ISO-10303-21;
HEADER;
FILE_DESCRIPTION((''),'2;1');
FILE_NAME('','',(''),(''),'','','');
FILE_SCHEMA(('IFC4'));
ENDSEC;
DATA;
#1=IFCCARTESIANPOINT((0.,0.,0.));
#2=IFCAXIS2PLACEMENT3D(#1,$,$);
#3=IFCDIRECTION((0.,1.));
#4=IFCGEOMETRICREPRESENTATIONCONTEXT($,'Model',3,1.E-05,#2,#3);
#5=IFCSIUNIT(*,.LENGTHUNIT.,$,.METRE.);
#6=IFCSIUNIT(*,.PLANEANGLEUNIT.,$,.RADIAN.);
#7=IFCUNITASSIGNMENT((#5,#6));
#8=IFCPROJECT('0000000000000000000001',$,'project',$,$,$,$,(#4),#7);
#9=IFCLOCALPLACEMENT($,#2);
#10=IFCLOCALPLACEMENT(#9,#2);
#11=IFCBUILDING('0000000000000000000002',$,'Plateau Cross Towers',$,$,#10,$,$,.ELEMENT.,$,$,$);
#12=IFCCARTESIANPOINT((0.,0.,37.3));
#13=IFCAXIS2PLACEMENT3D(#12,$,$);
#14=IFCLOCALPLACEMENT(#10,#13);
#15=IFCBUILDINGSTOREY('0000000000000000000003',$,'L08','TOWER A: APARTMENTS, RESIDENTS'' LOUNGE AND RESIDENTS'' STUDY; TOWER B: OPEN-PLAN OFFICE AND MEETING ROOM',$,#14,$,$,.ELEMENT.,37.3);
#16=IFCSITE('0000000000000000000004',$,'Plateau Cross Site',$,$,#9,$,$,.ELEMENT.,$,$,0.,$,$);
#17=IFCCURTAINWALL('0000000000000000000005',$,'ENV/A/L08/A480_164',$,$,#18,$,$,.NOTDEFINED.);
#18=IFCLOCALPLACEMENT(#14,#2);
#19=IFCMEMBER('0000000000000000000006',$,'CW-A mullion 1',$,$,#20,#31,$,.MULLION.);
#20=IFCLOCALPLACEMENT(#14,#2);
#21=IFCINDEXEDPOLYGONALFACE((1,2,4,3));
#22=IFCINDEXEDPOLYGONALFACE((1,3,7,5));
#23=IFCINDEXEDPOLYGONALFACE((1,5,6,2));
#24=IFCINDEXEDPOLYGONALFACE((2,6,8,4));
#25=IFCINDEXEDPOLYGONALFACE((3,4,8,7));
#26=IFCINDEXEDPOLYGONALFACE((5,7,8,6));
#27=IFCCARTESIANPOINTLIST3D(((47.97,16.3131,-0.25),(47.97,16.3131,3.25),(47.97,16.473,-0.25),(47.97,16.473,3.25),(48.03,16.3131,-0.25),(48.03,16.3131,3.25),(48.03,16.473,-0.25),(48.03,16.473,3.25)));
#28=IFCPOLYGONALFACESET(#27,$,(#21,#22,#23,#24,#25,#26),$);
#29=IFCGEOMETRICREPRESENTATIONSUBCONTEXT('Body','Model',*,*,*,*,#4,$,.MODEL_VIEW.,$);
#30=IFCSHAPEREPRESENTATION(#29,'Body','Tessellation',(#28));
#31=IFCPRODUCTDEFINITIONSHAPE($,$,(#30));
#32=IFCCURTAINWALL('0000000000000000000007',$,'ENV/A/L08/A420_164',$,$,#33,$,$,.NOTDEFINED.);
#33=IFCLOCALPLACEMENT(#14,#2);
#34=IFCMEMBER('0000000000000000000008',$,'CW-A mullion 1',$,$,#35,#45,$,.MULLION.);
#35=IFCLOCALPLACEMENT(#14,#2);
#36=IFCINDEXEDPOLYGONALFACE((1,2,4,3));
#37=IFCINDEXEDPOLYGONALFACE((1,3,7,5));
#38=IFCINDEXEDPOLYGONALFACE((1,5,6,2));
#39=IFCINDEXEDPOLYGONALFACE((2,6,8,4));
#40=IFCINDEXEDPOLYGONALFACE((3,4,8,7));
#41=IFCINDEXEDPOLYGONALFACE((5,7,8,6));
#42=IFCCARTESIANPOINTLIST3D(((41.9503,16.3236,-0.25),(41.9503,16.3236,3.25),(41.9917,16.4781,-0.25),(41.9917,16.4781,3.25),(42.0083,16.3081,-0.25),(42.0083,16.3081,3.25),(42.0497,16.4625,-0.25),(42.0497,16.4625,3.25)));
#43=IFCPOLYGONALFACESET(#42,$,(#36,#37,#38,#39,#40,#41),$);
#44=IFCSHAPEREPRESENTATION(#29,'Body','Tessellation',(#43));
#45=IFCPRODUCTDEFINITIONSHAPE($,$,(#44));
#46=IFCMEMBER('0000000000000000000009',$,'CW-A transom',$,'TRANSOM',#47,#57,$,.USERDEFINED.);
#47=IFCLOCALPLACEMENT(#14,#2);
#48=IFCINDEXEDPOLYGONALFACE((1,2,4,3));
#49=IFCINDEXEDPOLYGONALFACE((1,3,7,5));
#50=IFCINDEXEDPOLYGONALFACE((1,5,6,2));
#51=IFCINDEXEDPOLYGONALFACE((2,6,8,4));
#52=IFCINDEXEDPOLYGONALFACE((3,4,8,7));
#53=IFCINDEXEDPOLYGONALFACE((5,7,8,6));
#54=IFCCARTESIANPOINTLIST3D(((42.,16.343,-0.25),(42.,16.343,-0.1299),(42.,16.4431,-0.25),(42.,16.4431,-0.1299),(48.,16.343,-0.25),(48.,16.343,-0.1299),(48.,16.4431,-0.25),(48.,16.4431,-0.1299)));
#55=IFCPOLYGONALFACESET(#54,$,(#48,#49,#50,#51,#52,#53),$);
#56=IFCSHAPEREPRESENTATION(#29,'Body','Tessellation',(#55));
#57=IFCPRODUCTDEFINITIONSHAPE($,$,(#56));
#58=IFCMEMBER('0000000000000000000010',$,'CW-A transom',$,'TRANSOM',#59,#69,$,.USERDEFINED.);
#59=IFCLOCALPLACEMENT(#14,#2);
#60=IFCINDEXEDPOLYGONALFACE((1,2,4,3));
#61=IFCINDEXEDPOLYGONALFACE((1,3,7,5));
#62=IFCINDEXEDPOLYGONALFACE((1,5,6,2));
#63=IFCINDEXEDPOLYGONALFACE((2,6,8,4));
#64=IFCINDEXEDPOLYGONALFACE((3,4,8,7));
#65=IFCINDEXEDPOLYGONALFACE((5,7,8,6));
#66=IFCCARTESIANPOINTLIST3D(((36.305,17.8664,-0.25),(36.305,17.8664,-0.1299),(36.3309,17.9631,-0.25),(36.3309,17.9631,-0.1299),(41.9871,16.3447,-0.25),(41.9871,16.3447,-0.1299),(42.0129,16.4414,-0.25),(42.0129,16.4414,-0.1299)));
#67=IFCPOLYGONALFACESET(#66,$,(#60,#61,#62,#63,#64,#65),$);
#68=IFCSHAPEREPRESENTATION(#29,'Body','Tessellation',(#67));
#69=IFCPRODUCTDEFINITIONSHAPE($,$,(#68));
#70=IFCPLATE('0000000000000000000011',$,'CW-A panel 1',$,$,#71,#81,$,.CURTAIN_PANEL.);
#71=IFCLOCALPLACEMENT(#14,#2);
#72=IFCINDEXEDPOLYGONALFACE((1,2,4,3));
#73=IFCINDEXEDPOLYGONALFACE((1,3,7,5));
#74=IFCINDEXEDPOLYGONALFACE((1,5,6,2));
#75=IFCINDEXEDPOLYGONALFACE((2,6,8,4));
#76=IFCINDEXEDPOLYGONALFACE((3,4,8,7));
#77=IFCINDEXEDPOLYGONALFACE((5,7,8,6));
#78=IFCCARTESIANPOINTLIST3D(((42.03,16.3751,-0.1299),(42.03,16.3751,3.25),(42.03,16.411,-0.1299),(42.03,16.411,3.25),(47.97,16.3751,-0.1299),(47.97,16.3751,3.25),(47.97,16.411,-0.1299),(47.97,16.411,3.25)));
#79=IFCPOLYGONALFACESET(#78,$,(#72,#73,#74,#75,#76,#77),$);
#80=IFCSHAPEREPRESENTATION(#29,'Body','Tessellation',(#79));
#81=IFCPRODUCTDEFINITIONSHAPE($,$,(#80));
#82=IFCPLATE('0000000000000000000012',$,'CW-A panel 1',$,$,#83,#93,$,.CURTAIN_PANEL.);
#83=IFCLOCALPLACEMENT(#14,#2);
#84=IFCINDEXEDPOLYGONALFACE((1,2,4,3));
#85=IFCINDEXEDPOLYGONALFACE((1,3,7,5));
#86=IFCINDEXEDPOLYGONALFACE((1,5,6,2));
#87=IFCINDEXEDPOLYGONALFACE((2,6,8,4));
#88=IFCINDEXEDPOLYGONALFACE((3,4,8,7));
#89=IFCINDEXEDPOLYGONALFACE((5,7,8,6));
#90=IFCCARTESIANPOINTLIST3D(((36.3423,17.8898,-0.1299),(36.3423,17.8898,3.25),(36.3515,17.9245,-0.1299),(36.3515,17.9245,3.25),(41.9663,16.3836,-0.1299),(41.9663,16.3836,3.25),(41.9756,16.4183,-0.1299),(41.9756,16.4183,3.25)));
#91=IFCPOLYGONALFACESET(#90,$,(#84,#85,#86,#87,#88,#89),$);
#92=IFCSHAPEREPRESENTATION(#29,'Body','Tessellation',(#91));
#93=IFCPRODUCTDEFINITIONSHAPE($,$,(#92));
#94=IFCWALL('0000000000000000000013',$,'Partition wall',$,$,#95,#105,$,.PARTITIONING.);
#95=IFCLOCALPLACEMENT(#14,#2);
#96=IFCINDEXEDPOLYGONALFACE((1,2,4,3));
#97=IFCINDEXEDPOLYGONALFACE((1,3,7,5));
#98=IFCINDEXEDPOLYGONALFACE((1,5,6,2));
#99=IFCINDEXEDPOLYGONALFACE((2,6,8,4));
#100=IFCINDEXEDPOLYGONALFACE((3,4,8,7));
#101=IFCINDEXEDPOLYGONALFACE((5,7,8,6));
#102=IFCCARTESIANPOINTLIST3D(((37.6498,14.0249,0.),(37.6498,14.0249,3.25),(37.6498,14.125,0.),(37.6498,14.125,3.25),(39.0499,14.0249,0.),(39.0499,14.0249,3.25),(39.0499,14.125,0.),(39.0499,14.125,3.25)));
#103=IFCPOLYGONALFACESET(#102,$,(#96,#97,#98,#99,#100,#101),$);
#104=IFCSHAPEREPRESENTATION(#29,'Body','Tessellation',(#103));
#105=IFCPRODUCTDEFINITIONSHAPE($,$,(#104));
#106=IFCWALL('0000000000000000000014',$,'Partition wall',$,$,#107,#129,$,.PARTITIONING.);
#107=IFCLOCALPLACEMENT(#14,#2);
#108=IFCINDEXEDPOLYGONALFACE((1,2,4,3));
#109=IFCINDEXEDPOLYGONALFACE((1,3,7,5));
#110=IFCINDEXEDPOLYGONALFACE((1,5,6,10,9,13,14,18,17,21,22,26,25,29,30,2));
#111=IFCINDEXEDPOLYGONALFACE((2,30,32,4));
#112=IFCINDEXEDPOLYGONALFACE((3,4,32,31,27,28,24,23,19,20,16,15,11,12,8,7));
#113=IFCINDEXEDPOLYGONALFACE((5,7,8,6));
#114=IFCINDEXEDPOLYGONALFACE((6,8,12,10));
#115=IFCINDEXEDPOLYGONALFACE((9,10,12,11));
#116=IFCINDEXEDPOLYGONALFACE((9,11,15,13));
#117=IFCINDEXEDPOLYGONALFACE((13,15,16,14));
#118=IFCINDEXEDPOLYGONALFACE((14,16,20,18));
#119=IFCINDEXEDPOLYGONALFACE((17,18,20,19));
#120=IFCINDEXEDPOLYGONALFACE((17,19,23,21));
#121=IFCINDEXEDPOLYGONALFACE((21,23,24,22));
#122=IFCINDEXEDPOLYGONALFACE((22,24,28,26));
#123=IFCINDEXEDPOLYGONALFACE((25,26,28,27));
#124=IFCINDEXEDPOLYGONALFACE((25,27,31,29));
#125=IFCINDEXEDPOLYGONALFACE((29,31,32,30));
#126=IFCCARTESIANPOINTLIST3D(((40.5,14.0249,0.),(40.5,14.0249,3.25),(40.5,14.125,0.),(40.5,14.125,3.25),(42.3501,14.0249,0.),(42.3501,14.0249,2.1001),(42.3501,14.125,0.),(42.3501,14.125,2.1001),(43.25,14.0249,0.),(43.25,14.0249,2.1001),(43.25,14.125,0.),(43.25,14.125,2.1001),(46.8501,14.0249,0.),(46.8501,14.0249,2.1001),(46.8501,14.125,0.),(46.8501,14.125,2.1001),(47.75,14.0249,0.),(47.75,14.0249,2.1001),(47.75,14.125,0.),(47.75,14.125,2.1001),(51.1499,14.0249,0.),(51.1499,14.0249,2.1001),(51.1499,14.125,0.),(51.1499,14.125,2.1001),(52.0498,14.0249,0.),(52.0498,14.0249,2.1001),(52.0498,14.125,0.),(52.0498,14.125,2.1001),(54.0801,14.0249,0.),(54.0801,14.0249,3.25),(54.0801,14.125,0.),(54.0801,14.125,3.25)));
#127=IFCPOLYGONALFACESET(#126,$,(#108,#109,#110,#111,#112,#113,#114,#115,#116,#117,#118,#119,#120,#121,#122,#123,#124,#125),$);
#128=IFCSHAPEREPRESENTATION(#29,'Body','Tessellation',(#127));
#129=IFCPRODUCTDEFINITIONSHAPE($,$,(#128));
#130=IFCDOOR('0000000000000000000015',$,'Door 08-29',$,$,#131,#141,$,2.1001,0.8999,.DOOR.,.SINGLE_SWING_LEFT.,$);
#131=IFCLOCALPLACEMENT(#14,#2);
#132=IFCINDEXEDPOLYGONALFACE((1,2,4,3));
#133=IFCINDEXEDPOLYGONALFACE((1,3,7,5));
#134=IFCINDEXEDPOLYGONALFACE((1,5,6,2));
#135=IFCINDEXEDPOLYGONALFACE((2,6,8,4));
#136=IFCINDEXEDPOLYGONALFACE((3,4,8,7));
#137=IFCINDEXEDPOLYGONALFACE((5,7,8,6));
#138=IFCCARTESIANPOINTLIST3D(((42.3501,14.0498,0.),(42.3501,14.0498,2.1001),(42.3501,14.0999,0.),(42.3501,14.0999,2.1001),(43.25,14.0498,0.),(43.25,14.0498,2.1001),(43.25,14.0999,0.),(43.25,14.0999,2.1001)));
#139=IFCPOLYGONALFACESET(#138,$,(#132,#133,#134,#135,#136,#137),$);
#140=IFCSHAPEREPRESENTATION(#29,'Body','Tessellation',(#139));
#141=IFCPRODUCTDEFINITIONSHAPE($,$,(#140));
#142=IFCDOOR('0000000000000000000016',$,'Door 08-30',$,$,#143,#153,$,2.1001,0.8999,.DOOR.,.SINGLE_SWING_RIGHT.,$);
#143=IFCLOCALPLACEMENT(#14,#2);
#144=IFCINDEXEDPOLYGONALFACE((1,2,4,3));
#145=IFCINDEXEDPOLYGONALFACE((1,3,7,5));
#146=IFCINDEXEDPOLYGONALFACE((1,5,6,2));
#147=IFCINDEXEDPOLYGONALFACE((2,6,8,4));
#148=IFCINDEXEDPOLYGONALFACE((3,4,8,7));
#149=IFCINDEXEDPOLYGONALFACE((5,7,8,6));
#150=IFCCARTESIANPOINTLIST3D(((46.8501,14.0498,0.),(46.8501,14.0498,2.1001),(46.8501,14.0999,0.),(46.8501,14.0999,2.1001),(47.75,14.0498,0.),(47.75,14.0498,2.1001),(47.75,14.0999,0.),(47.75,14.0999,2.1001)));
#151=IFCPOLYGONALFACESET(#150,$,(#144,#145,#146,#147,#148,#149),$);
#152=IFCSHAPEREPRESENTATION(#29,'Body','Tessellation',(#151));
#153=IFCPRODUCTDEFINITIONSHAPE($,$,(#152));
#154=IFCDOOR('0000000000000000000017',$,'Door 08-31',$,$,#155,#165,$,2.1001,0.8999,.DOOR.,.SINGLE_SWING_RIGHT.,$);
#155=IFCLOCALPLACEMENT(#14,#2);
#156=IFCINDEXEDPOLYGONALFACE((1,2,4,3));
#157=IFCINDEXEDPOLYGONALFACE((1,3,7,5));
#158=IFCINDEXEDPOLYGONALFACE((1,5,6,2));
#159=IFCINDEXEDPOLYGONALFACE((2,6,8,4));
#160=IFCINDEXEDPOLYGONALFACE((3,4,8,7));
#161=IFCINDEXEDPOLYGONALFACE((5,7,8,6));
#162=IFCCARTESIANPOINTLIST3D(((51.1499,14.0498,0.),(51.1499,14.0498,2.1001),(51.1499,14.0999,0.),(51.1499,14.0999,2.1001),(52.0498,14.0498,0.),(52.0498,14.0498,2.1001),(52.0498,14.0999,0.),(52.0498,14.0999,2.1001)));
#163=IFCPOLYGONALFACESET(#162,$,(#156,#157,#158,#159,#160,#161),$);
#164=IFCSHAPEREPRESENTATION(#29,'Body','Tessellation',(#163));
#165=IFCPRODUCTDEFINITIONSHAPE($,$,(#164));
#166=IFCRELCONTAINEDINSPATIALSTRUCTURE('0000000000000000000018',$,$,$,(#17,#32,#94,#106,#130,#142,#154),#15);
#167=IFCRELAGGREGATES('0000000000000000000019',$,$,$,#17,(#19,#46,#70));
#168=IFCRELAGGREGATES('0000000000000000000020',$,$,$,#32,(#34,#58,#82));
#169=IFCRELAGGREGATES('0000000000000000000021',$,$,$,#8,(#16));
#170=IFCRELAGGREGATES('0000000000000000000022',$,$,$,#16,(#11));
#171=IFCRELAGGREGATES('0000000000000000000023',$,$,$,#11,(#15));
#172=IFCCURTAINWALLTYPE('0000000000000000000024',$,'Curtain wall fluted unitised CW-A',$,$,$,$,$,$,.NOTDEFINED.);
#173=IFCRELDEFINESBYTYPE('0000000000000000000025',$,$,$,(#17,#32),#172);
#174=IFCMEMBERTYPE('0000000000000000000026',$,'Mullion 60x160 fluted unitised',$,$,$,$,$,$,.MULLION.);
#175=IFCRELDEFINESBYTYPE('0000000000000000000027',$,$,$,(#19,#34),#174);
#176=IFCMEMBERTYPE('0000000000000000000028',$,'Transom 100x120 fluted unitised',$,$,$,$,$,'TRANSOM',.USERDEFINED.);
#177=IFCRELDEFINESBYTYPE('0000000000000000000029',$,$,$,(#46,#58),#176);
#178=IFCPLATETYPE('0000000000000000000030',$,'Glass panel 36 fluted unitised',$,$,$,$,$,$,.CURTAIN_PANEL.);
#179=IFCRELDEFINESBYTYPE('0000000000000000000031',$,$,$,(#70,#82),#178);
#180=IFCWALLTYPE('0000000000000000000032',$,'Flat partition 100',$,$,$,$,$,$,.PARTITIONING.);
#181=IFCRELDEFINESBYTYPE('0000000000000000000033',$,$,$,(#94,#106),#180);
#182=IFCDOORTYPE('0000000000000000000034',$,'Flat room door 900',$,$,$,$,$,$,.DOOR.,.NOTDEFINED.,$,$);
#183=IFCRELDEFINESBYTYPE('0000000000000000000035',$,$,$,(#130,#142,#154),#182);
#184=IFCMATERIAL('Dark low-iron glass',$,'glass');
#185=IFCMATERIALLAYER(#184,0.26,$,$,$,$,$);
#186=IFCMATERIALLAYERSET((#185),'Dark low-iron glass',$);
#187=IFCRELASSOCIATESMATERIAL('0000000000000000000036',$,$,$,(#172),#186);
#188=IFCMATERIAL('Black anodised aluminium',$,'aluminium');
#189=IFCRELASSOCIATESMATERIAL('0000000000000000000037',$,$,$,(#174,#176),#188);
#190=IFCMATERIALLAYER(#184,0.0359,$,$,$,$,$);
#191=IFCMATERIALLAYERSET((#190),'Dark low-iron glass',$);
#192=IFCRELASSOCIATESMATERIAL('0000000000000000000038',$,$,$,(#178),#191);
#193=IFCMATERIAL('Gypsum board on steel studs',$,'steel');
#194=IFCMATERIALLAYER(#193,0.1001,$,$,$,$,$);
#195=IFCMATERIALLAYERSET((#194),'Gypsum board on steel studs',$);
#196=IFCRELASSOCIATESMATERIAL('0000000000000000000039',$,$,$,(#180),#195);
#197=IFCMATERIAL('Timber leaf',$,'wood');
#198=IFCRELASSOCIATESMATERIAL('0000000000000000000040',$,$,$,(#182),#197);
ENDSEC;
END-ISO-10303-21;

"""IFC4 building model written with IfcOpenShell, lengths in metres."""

from ifc_helpers import new_model, si_unit, direction, frame, frame_2d, origin, origin_2d, place, context, subcontext, project, spatial, rectangle, extrude, material, layer, layer_set, material_profile, profile_set, type_object, element, fill, aggregate, save


model = new_model("IFC4")

# Units and contexts
model_context = context("Model", 3, precision=1e-05, world=origin(), true_north=direction((0.0, 1.0)))
body_context = subcontext(model_context, "Body", "Model", "MODEL_VIEW")
ifc_project = project(units=[si_unit("LENGTHUNIT", "METRE"), si_unit("PLANEANGLEUNIT", "RADIAN")], contexts=[model_context])

# Site, building, storey
site_placement = place(None, origin())
site = spatial("IfcSite", under=ifc_project, at=site_placement, Name="Plateau Cross Site", CompositionType="ELEMENT", RefElevation=0.0)
building_placement = place(site_placement, origin())
building = spatial("IfcBuilding", under=site, at=building_placement, Name="Plateau Cross Towers", CompositionType="ELEMENT")
storey_placement = place(building_placement, frame((0.0, 0.0, 37.3)))
storey = spatial("IfcBuildingStorey", under=building, at=storey_placement, Name="L08", Description="TOWER A: APARTMENTS, RESIDENTS' LOUNGE AND RESIDENTS' STUDY; TOWER B: OPEN-PLAN OFFICE AND MEETING ROOM", CompositionType="ELEMENT", Elevation=37.3)

# Curtain walls, members
ifc_material_1 = material(Name="Dark low-iron glass", Category="glass")
ifc_layer_1 = layer(ifc_material_1, 0.26)
ifc_layer_set_1 = layer_set([ifc_layer_1], Name="Dark low-iron glass")
curtain_wall_type = type_object("IfcCurtainWallType", Name="Curtain wall fluted unitised CW-A", PredefinedType="NOTDEFINED", material=ifc_layer_set_1)
curtain_wall_1_placement = place(storey_placement, origin())
curtain_wall_1 = element("IfcCurtainWall", 1, at=curtain_wall_1_placement, inside=storey, type_object=curtain_wall_type, Name="ENV/A/L08/A480_164", PredefinedType="NOTDEFINED")
ifc_material_2 = material(Name="Black anodised aluminium", Category="aluminium")
ifc_material_profile_1 = material_profile(ifc_material_2, rectangle(XDim=0.0601, YDim=0.1599, at=origin_2d()), Name="MULLION 60x160")
ifc_profile_set_1 = profile_set([ifc_material_profile_1], Name="Black anodised aluminium")
member_type_1 = type_object("IfcMemberType", Name="Mullion 60x160 fluted unitised", PredefinedType="MULLION", material=ifc_profile_set_1)
member_1_placement = place(storey_placement, frame((48.0, 16.3931, -0.25), z_axis=(0.0, 0.0, 1.0), x_axis=(-1.0, 0.0, 0.0)))
member_1 = element("IfcMember", 2, at=member_1_placement, type_object=member_type_1, Name="CW-A mullion 1", PredefinedType="MULLION", context=body_context, shape_type="SweptSolid", body=[
    extrude(rectangle(XDim=0.0601, YDim=0.1599, at=origin_2d()), origin(), (0.0, 0.0, 1.0), 3.5),
])
curtain_wall_2_placement = place(storey_placement, origin())
curtain_wall_2 = element("IfcCurtainWall", 3, at=curtain_wall_2_placement, inside=storey, type_object=curtain_wall_type, Name="ENV/A/L08/A420_164", PredefinedType="NOTDEFINED")
member_2_placement = place(storey_placement, frame((42.0, 16.3931, -0.25), z_axis=(0.0, 0.0, 1.0), x_axis=(-0.965958, 0.258699, 0.0)))
member_2 = element("IfcMember", 4, at=member_2_placement, type_object=member_type_1, Name="CW-A mullion 1", PredefinedType="MULLION", context=body_context, shape_type="SweptSolid", body=[
    extrude(rectangle(XDim=0.0601, YDim=0.1599, at=origin_2d()), origin(), (0.0, 0.0, 1.0), 3.5),
])

# Members
ifc_material_profile_2 = material_profile(ifc_material_2, rectangle(XDim=0.1001, YDim=0.1201, at=origin_2d()), Name="TRANSOM 100x120")
ifc_profile_set_2 = profile_set([ifc_material_profile_2], Name="Black anodised aluminium")
member_type_2 = type_object("IfcMemberType", Name="Transom 100x120 fluted unitised", ElementType="TRANSOM", PredefinedType="USERDEFINED", material=ifc_profile_set_2)
member_3_placement = place(storey_placement, frame((48.0, 16.3931, -0.1899), z_axis=(-1.0, 0.0, 0.0), x_axis=(0.0, -1.0, 0.0)))
member_3 = element("IfcMember", 5, at=member_3_placement, type_object=member_type_2, Name="CW-A transom", ObjectType="TRANSOM", PredefinedType="USERDEFINED", context=body_context, shape_type="SweptSolid", body=[
    extrude(rectangle(XDim=0.1001, YDim=0.1201, at=origin_2d()), origin(), (0.0, 0.0, 1.0), 6.0),
])
member_4_placement = place(storey_placement, frame((42.0, 16.3931, -0.1899), z_axis=(-0.96596, 0.258693, 0.0), x_axis=(-0.258693, -0.96596, 0.0)))
member_4 = element("IfcMember", 6, at=member_4_placement, type_object=member_type_2, Name="CW-A transom", ObjectType="TRANSOM", PredefinedType="USERDEFINED", context=body_context, shape_type="SweptSolid", body=[
    extrude(rectangle(XDim=0.1001, YDim=0.1201, at=origin_2d()), origin(), (0.0, 0.0, 1.0), 5.8823),
])

# Plates
ifc_layer_2 = layer(ifc_material_1, 0.0359)
ifc_layer_set_2 = layer_set([ifc_layer_2], Name="Dark low-iron glass")
plate_type = type_object("IfcPlateType", Name="Glass panel 36 fluted unitised", PredefinedType="CURTAIN_PANEL", material=ifc_layer_set_2)
plate_1_placement = place(storey_placement, frame((45.0, 16.3931, -0.1299), z_axis=(0.0, 0.0, 1.0), x_axis=(-1.0, 0.0, 0.0)))
plate_1 = element("IfcPlate", 7, at=plate_1_placement, type_object=plate_type, Name="CW-A panel 1", PredefinedType="CURTAIN_PANEL", context=body_context, shape_type="SweptSolid", body=[
    extrude(rectangle(XDim=5.9399, YDim=0.0359, at=origin_2d()), origin(), (0.0, 0.0, 1.0), 3.3799),
])
aggregate(curtain_wall_1, [member_1, member_3, plate_1])
plate_2_placement = place(storey_placement, frame((39.1589, 17.1541, -0.1299), z_axis=(0.0, 0.0, 1.0), x_axis=(-0.965958, 0.258699, 0.0)))
plate_2 = element("IfcPlate", 8, at=plate_2_placement, type_object=plate_type, Name="CW-A panel 1", PredefinedType="CURTAIN_PANEL", context=body_context, shape_type="SweptSolid", body=[
    extrude(rectangle(XDim=5.8223, YDim=0.0359, at=origin_2d()), origin(), (0.0, 0.0, 1.0), 3.3799),
])
aggregate(curtain_wall_2, [member_2, member_4, plate_2])

# Wall
ifc_material_3 = material(Name="Gypsum board on steel studs", Category="steel")
ifc_layer_3 = layer(ifc_material_3, 0.1001)
ifc_layer_set_3 = layer_set([ifc_layer_3], Name="Gypsum board on steel studs")
wall_type_1 = type_object("IfcWallType", Name="Flat partition 100", PredefinedType="PARTITIONING", material=ifc_layer_set_3)
wall_1_placement = place(storey_placement, frame((39.05, 14.075, 0.0), z_axis=(0.0, 0.0, 1.0), x_axis=(-1.0, 0.0, 0.0)))
element("IfcWall", 9, at=wall_1_placement, inside=storey, type_object=wall_type_1, Name="Partition wall", PredefinedType="PARTITIONING", context=body_context, shape_type="SweptSolid", body=[
    extrude(rectangle(XDim=1.4001, YDim=0.1001, at=frame_2d((0.7002, 0.0))), origin(), (0.0, 0.0, 1.0), 3.25),
])

# Wall, openings, doors
wall_2_placement = place(storey_placement, frame((40.5, 14.075, 0.0), z_axis=(0.0, 0.0, 1.0), x_axis=(1.0, 0.0, 0.0)))
wall_2 = element("IfcWall", 10, at=wall_2_placement, inside=storey, type_object=wall_type_1, Name="Partition wall", PredefinedType="PARTITIONING", context=body_context, shape_type="SweptSolid", body=[
    extrude(rectangle(XDim=13.5801, YDim=0.1001, at=frame_2d((6.79, 0.0))), origin(), (0.0, 0.0, 1.0), 3.25),
])
opening_1_placement = place(wall_2_placement, frame((1.8501, 0.0, 0.0)))
opening_1 = element("IfcOpeningElement", 11, at=opening_1_placement, cuts=wall_2, PredefinedType="OPENING", context=body_context, shape_type="SweptSolid", body=[
    extrude(rectangle(XDim=0.8999, YDim=2.1001, at=frame_2d((0.45, 1.05))), frame((0.0, 0.0601, 0.0), z_axis=(0.0, -1.0, 0.0), x_axis=(1.0, 0.0, 0.0)), (0.0, 0.0, 1.0), 0.1201),
])
opening_2_placement = place(wall_2_placement, frame((6.3501, 0.0, 0.0)))
opening_2 = element("IfcOpeningElement", 12, at=opening_2_placement, cuts=wall_2, PredefinedType="OPENING", context=body_context, shape_type="SweptSolid", body=[
    extrude(rectangle(XDim=0.8999, YDim=2.1001, at=frame_2d((0.45, 1.05))), frame((0.0, 0.0601, 0.0), z_axis=(0.0, -1.0, 0.0), x_axis=(1.0, 0.0, 0.0)), (0.0, 0.0, 1.0), 0.1201),
])
opening_3_placement = place(wall_2_placement, frame((10.6499, 0.0, 0.0)))
opening_3 = element("IfcOpeningElement", 13, at=opening_3_placement, cuts=wall_2, PredefinedType="OPENING", context=body_context, shape_type="SweptSolid", body=[
    extrude(rectangle(XDim=0.8999, YDim=2.1001, at=frame_2d((0.45, 1.05))), frame((0.0, 0.0601, 0.0), z_axis=(0.0, -1.0, 0.0), x_axis=(1.0, 0.0, 0.0)), (0.0, 0.0, 1.0), 0.1201),
])
ifc_material_4 = material(Name="Timber leaf", Category="wood")
door_type = type_object("IfcDoorType", Name="Flat room door 900", OperationType="NOTDEFINED", PredefinedType="DOOR", material=ifc_material_4)
door_1_placement = place(opening_1_placement, origin())
door_1 = element("IfcDoor", 14, at=door_1_placement, inside=storey, type_object=door_type, Name="Door 08-29", OperationType="SINGLE_SWING_LEFT", OverallHeight=2.1001, OverallWidth=0.8999, PredefinedType="DOOR", context=body_context, shape_type="SweptSolid", body=[
    extrude(rectangle(XDim=0.8999, YDim=2.1001, at=frame_2d((0.45, 1.05))), frame((0.0, 0.0249, 0.0), z_axis=(0.0, -1.0, 0.0), x_axis=(1.0, 0.0, 0.0)), (0.0, 0.0, 1.0), 0.05),
])
fill(opening_1, door_1)
door_2_placement = place(opening_2_placement, origin())
door_2 = element("IfcDoor", 15, at=door_2_placement, inside=storey, type_object=door_type, Name="Door 08-30", OperationType="SINGLE_SWING_RIGHT", OverallHeight=2.1001, OverallWidth=0.8999, PredefinedType="DOOR", context=body_context, shape_type="SweptSolid", body=[
    extrude(rectangle(XDim=0.8999, YDim=2.1001, at=frame_2d((0.45, 1.05))), frame((0.0, 0.0249, 0.0), z_axis=(0.0, -1.0, 0.0), x_axis=(1.0, 0.0, 0.0)), (0.0, 0.0, 1.0), 0.05),
])
fill(opening_2, door_2)
door_3_placement = place(opening_3_placement, origin())
door_3 = element("IfcDoor", 16, at=door_3_placement, inside=storey, type_object=door_type, Name="Door 08-31", OperationType="SINGLE_SWING_RIGHT", OverallHeight=2.1001, OverallWidth=0.8999, PredefinedType="DOOR", context=body_context, shape_type="SweptSolid", body=[
    extrude(rectangle(XDim=0.8999, YDim=2.1001, at=frame_2d((0.45, 1.05))), frame((0.0, 0.0249, 0.0), z_axis=(0.0, -1.0, 0.0), x_axis=(1.0, 0.0, 0.0)), (0.0, 0.0, 1.0), 0.05),
])
fill(opening_3, door_3)

save(model, "model.ifc")
